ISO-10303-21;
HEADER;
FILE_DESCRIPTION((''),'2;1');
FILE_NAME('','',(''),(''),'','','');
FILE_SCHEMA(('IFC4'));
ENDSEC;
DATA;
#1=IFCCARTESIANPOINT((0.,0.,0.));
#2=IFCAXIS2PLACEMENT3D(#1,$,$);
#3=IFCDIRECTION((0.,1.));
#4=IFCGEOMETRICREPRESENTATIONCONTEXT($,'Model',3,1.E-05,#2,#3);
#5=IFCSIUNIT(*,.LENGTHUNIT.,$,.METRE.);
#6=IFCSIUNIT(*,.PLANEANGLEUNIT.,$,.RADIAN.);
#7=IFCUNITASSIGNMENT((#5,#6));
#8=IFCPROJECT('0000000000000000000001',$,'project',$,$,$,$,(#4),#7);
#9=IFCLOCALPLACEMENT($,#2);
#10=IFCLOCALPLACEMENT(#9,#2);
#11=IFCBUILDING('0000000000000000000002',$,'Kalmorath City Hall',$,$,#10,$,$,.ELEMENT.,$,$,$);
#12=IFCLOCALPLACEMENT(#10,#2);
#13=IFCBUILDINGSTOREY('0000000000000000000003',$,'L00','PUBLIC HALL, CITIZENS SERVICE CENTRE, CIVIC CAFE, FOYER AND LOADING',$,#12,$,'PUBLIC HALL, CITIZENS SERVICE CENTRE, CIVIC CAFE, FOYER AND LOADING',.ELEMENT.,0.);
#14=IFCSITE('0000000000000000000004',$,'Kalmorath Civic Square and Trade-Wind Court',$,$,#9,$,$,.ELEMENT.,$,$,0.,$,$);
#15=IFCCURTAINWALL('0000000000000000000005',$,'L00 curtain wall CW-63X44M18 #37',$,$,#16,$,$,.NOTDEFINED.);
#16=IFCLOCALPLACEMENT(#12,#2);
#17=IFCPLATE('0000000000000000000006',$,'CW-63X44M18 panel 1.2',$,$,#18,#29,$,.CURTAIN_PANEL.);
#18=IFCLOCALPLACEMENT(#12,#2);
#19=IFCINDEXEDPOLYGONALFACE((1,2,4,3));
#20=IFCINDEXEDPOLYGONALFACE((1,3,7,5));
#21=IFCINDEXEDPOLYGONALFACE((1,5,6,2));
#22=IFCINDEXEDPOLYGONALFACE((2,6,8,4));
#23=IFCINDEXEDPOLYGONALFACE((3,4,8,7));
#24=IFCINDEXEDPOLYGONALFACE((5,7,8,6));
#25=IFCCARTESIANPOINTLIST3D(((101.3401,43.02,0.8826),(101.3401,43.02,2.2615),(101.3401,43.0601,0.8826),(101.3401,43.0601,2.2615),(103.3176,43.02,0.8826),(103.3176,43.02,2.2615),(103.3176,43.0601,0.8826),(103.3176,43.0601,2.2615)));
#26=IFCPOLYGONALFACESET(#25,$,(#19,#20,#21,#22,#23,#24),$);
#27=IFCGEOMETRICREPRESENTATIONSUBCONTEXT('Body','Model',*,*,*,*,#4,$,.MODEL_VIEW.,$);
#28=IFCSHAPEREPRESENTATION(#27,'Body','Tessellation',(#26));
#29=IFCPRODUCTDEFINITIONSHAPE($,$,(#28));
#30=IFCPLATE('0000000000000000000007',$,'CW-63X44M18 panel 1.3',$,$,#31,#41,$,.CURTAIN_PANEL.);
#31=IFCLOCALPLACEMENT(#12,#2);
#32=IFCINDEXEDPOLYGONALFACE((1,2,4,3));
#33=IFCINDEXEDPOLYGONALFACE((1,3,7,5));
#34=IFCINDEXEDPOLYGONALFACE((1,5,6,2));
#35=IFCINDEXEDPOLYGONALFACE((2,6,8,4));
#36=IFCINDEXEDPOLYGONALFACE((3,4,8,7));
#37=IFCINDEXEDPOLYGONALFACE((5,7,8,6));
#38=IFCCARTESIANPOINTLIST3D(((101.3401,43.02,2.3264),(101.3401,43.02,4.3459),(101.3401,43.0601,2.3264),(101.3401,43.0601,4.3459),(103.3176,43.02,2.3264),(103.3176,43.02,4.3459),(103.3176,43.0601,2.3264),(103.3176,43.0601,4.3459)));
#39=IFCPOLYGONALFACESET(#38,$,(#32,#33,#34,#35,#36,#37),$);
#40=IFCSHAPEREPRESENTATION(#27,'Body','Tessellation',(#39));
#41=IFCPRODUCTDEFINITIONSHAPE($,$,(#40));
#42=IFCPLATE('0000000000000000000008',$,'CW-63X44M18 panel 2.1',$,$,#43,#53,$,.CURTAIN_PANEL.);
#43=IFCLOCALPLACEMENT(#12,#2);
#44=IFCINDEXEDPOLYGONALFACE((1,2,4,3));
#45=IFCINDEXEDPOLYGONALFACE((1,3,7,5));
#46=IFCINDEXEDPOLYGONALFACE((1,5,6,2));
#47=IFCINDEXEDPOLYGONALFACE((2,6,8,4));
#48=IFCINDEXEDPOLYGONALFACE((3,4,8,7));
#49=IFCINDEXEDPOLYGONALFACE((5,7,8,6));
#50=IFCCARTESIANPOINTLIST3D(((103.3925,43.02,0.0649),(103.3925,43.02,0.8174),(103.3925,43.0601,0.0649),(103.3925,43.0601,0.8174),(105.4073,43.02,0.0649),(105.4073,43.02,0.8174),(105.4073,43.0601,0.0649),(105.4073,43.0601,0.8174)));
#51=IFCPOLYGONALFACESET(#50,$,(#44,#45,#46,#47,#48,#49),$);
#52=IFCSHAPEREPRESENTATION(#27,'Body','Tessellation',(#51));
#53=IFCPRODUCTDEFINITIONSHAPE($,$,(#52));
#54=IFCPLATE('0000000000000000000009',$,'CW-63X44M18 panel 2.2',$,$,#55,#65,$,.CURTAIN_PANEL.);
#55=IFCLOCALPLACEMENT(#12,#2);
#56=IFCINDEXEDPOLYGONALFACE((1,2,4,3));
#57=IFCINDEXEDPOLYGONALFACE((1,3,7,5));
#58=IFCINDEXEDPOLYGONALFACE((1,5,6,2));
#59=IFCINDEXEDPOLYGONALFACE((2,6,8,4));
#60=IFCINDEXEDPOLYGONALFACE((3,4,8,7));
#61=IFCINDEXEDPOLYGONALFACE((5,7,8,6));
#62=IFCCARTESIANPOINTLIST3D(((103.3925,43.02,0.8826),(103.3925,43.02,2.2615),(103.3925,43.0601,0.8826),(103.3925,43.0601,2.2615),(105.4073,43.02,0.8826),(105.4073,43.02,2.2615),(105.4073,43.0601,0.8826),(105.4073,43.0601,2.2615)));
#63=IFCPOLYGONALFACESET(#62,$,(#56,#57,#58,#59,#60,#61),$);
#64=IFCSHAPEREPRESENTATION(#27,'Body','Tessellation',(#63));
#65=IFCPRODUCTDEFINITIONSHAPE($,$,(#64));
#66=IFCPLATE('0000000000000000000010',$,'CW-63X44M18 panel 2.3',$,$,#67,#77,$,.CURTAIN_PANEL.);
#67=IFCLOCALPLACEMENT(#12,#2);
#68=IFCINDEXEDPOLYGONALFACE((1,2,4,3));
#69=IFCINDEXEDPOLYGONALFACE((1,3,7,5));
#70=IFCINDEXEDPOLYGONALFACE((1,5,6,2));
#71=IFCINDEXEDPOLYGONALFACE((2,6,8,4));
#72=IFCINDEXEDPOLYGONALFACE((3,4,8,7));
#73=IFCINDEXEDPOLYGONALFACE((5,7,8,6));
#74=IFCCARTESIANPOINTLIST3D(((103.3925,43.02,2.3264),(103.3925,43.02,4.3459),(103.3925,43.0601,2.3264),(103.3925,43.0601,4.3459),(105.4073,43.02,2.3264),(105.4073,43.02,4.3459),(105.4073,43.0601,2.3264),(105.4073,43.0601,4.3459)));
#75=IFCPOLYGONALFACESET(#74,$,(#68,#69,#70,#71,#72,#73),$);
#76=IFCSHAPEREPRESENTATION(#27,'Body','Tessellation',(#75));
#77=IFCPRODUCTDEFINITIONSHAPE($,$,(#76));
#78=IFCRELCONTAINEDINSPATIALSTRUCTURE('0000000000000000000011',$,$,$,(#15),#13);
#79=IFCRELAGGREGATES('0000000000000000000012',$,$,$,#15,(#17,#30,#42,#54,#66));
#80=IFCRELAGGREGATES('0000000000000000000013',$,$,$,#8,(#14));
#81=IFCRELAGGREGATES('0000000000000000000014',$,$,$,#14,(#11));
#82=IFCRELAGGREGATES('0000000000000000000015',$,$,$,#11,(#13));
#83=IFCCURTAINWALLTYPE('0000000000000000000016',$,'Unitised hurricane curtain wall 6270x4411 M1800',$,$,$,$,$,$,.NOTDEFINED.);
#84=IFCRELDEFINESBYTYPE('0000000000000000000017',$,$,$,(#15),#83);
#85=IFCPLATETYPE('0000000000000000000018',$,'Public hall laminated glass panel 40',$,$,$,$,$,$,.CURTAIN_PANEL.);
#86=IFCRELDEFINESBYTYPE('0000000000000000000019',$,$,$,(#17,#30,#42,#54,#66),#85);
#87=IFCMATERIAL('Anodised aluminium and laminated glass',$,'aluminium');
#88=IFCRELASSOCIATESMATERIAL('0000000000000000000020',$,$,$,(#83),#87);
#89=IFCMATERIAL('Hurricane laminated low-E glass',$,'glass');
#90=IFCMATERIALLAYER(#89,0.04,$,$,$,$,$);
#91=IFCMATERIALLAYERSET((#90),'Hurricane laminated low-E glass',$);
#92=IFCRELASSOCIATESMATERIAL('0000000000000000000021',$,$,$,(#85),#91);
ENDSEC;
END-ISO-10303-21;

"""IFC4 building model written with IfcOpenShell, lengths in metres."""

from ifc_helpers import new_model, si_unit, direction, frame, origin, origin_2d, place, context, subcontext, project, spatial, rectangle, extrude, material, layer, layer_set, type_object, element, aggregate, save


model = new_model("IFC4")

# Units and contexts
model_context = context("Model", 3, precision=1e-05, world=origin(), true_north=direction((0.0, 1.0)))
body_context = subcontext(model_context, "Body", "Model", "MODEL_VIEW")
ifc_project = project(units=[si_unit("LENGTHUNIT", "METRE"), si_unit("PLANEANGLEUNIT", "RADIAN")], contexts=[model_context])

# Site, building, storey
site_placement = place(None, origin())
site = spatial("IfcSite", under=ifc_project, at=site_placement, Name="Kalmorath Civic Square and Trade-Wind Court", CompositionType="ELEMENT", RefElevation=0.0)
building_placement = place(site_placement, origin())
building = spatial("IfcBuilding", under=site, at=building_placement, Name="Kalmorath City Hall", CompositionType="ELEMENT")
storey_placement = place(building_placement, origin())
storey = spatial("IfcBuildingStorey", under=building, at=storey_placement, Name="L00", Description="PUBLIC HALL, CITIZENS SERVICE CENTRE, CIVIC CAFE, FOYER AND LOADING", LongName="PUBLIC HALL, CITIZENS SERVICE CENTRE, CIVIC CAFE, FOYER AND LOADING", CompositionType="ELEMENT", Elevation=0.0)

# Curtain wall
ifc_material_1 = material(Name="Anodised aluminium and laminated glass", Category="aluminium")
curtain_wall_type_1 = type_object("IfcCurtainWallType", Name="Unitised hurricane curtain wall 6270x4411 M1800", PredefinedType="NOTDEFINED", material=ifc_material_1)
curtain_wall_1_placement = place(storey_placement, origin())
curtain_wall_1 = element("IfcCurtainWall", 1, at=curtain_wall_1_placement, inside=storey, type_object=curtain_wall_type_1, Name="L00 curtain wall CW-63X44M18 #37", PredefinedType="NOTDEFINED")

# Plates
ifc_material_2 = material(Name="Hurricane laminated low-E glass", Category="glass")
ifc_layer = layer(ifc_material_2, 0.04)
ifc_layer_set = layer_set([ifc_layer], Name="Hurricane laminated low-E glass")
plate_type = type_object("IfcPlateType", Name="Public hall laminated glass panel 40", PredefinedType="CURTAIN_PANEL", material=ifc_layer_set)
plate_1_placement = place(storey_placement, frame((102.3289, 43.04, 0.8826), z_axis=(0.0, 0.0, 1.0), x_axis=(1.0, 0.0, 0.0)))
plate_1 = element("IfcPlate", 2, at=plate_1_placement, type_object=plate_type, Name="CW-63X44M18 panel 1.2", PredefinedType="CURTAIN_PANEL", context=body_context, shape_type="SweptSolid", body=[
    extrude(rectangle(XDim=1.9775, YDim=0.04, at=origin_2d()), origin(), (0.0, 0.0, 1.0), 1.3789),
])
plate_2_placement = place(storey_placement, frame((102.3289, 43.04, 2.3264), z_axis=(0.0, 0.0, 1.0), x_axis=(1.0, 0.0, 0.0)))
plate_2 = element("IfcPlate", 3, at=plate_2_placement, type_object=plate_type, Name="CW-63X44M18 panel 1.3", PredefinedType="CURTAIN_PANEL", context=body_context, shape_type="SweptSolid", body=[
    extrude(rectangle(XDim=1.9775, YDim=0.04, at=origin_2d()), origin(), (0.0, 0.0, 1.0), 2.0195),
])
plate_3_placement = place(storey_placement, frame((104.3999, 43.04, 0.0649), z_axis=(0.0, 0.0, 1.0), x_axis=(1.0, 0.0, 0.0)))
plate_3 = element("IfcPlate", 4, at=plate_3_placement, type_object=plate_type, Name="CW-63X44M18 panel 2.1", PredefinedType="CURTAIN_PANEL", context=body_context, shape_type="SweptSolid", body=[
    extrude(rectangle(XDim=2.0149, YDim=0.04, at=origin_2d()), origin(), (0.0, 0.0, 1.0), 0.7524),
])
plate_4_placement = place(storey_placement, frame((104.3999, 43.04, 0.8826), z_axis=(0.0, 0.0, 1.0), x_axis=(1.0, 0.0, 0.0)))
plate_4 = element("IfcPlate", 5, at=plate_4_placement, type_object=plate_type, Name="CW-63X44M18 panel 2.2", PredefinedType="CURTAIN_PANEL", context=body_context, shape_type="SweptSolid", body=[
    extrude(rectangle(XDim=2.0149, YDim=0.04, at=origin_2d()), origin(), (0.0, 0.0, 1.0), 1.3789),
])
plate_5_placement = place(storey_placement, frame((104.3999, 43.04, 2.3264), z_axis=(0.0, 0.0, 1.0), x_axis=(1.0, 0.0, 0.0)))
plate_5 = element("IfcPlate", 6, at=plate_5_placement, type_object=plate_type, Name="CW-63X44M18 panel 2.3", PredefinedType="CURTAIN_PANEL", context=body_context, shape_type="SweptSolid", body=[
    extrude(rectangle(XDim=2.0149, YDim=0.04, at=origin_2d()), origin(), (0.0, 0.0, 1.0), 2.0195),
])
aggregate(curtain_wall_1, [plate_1, plate_2, plate_3, plate_4, plate_5])

save(model, "model.ifc")
